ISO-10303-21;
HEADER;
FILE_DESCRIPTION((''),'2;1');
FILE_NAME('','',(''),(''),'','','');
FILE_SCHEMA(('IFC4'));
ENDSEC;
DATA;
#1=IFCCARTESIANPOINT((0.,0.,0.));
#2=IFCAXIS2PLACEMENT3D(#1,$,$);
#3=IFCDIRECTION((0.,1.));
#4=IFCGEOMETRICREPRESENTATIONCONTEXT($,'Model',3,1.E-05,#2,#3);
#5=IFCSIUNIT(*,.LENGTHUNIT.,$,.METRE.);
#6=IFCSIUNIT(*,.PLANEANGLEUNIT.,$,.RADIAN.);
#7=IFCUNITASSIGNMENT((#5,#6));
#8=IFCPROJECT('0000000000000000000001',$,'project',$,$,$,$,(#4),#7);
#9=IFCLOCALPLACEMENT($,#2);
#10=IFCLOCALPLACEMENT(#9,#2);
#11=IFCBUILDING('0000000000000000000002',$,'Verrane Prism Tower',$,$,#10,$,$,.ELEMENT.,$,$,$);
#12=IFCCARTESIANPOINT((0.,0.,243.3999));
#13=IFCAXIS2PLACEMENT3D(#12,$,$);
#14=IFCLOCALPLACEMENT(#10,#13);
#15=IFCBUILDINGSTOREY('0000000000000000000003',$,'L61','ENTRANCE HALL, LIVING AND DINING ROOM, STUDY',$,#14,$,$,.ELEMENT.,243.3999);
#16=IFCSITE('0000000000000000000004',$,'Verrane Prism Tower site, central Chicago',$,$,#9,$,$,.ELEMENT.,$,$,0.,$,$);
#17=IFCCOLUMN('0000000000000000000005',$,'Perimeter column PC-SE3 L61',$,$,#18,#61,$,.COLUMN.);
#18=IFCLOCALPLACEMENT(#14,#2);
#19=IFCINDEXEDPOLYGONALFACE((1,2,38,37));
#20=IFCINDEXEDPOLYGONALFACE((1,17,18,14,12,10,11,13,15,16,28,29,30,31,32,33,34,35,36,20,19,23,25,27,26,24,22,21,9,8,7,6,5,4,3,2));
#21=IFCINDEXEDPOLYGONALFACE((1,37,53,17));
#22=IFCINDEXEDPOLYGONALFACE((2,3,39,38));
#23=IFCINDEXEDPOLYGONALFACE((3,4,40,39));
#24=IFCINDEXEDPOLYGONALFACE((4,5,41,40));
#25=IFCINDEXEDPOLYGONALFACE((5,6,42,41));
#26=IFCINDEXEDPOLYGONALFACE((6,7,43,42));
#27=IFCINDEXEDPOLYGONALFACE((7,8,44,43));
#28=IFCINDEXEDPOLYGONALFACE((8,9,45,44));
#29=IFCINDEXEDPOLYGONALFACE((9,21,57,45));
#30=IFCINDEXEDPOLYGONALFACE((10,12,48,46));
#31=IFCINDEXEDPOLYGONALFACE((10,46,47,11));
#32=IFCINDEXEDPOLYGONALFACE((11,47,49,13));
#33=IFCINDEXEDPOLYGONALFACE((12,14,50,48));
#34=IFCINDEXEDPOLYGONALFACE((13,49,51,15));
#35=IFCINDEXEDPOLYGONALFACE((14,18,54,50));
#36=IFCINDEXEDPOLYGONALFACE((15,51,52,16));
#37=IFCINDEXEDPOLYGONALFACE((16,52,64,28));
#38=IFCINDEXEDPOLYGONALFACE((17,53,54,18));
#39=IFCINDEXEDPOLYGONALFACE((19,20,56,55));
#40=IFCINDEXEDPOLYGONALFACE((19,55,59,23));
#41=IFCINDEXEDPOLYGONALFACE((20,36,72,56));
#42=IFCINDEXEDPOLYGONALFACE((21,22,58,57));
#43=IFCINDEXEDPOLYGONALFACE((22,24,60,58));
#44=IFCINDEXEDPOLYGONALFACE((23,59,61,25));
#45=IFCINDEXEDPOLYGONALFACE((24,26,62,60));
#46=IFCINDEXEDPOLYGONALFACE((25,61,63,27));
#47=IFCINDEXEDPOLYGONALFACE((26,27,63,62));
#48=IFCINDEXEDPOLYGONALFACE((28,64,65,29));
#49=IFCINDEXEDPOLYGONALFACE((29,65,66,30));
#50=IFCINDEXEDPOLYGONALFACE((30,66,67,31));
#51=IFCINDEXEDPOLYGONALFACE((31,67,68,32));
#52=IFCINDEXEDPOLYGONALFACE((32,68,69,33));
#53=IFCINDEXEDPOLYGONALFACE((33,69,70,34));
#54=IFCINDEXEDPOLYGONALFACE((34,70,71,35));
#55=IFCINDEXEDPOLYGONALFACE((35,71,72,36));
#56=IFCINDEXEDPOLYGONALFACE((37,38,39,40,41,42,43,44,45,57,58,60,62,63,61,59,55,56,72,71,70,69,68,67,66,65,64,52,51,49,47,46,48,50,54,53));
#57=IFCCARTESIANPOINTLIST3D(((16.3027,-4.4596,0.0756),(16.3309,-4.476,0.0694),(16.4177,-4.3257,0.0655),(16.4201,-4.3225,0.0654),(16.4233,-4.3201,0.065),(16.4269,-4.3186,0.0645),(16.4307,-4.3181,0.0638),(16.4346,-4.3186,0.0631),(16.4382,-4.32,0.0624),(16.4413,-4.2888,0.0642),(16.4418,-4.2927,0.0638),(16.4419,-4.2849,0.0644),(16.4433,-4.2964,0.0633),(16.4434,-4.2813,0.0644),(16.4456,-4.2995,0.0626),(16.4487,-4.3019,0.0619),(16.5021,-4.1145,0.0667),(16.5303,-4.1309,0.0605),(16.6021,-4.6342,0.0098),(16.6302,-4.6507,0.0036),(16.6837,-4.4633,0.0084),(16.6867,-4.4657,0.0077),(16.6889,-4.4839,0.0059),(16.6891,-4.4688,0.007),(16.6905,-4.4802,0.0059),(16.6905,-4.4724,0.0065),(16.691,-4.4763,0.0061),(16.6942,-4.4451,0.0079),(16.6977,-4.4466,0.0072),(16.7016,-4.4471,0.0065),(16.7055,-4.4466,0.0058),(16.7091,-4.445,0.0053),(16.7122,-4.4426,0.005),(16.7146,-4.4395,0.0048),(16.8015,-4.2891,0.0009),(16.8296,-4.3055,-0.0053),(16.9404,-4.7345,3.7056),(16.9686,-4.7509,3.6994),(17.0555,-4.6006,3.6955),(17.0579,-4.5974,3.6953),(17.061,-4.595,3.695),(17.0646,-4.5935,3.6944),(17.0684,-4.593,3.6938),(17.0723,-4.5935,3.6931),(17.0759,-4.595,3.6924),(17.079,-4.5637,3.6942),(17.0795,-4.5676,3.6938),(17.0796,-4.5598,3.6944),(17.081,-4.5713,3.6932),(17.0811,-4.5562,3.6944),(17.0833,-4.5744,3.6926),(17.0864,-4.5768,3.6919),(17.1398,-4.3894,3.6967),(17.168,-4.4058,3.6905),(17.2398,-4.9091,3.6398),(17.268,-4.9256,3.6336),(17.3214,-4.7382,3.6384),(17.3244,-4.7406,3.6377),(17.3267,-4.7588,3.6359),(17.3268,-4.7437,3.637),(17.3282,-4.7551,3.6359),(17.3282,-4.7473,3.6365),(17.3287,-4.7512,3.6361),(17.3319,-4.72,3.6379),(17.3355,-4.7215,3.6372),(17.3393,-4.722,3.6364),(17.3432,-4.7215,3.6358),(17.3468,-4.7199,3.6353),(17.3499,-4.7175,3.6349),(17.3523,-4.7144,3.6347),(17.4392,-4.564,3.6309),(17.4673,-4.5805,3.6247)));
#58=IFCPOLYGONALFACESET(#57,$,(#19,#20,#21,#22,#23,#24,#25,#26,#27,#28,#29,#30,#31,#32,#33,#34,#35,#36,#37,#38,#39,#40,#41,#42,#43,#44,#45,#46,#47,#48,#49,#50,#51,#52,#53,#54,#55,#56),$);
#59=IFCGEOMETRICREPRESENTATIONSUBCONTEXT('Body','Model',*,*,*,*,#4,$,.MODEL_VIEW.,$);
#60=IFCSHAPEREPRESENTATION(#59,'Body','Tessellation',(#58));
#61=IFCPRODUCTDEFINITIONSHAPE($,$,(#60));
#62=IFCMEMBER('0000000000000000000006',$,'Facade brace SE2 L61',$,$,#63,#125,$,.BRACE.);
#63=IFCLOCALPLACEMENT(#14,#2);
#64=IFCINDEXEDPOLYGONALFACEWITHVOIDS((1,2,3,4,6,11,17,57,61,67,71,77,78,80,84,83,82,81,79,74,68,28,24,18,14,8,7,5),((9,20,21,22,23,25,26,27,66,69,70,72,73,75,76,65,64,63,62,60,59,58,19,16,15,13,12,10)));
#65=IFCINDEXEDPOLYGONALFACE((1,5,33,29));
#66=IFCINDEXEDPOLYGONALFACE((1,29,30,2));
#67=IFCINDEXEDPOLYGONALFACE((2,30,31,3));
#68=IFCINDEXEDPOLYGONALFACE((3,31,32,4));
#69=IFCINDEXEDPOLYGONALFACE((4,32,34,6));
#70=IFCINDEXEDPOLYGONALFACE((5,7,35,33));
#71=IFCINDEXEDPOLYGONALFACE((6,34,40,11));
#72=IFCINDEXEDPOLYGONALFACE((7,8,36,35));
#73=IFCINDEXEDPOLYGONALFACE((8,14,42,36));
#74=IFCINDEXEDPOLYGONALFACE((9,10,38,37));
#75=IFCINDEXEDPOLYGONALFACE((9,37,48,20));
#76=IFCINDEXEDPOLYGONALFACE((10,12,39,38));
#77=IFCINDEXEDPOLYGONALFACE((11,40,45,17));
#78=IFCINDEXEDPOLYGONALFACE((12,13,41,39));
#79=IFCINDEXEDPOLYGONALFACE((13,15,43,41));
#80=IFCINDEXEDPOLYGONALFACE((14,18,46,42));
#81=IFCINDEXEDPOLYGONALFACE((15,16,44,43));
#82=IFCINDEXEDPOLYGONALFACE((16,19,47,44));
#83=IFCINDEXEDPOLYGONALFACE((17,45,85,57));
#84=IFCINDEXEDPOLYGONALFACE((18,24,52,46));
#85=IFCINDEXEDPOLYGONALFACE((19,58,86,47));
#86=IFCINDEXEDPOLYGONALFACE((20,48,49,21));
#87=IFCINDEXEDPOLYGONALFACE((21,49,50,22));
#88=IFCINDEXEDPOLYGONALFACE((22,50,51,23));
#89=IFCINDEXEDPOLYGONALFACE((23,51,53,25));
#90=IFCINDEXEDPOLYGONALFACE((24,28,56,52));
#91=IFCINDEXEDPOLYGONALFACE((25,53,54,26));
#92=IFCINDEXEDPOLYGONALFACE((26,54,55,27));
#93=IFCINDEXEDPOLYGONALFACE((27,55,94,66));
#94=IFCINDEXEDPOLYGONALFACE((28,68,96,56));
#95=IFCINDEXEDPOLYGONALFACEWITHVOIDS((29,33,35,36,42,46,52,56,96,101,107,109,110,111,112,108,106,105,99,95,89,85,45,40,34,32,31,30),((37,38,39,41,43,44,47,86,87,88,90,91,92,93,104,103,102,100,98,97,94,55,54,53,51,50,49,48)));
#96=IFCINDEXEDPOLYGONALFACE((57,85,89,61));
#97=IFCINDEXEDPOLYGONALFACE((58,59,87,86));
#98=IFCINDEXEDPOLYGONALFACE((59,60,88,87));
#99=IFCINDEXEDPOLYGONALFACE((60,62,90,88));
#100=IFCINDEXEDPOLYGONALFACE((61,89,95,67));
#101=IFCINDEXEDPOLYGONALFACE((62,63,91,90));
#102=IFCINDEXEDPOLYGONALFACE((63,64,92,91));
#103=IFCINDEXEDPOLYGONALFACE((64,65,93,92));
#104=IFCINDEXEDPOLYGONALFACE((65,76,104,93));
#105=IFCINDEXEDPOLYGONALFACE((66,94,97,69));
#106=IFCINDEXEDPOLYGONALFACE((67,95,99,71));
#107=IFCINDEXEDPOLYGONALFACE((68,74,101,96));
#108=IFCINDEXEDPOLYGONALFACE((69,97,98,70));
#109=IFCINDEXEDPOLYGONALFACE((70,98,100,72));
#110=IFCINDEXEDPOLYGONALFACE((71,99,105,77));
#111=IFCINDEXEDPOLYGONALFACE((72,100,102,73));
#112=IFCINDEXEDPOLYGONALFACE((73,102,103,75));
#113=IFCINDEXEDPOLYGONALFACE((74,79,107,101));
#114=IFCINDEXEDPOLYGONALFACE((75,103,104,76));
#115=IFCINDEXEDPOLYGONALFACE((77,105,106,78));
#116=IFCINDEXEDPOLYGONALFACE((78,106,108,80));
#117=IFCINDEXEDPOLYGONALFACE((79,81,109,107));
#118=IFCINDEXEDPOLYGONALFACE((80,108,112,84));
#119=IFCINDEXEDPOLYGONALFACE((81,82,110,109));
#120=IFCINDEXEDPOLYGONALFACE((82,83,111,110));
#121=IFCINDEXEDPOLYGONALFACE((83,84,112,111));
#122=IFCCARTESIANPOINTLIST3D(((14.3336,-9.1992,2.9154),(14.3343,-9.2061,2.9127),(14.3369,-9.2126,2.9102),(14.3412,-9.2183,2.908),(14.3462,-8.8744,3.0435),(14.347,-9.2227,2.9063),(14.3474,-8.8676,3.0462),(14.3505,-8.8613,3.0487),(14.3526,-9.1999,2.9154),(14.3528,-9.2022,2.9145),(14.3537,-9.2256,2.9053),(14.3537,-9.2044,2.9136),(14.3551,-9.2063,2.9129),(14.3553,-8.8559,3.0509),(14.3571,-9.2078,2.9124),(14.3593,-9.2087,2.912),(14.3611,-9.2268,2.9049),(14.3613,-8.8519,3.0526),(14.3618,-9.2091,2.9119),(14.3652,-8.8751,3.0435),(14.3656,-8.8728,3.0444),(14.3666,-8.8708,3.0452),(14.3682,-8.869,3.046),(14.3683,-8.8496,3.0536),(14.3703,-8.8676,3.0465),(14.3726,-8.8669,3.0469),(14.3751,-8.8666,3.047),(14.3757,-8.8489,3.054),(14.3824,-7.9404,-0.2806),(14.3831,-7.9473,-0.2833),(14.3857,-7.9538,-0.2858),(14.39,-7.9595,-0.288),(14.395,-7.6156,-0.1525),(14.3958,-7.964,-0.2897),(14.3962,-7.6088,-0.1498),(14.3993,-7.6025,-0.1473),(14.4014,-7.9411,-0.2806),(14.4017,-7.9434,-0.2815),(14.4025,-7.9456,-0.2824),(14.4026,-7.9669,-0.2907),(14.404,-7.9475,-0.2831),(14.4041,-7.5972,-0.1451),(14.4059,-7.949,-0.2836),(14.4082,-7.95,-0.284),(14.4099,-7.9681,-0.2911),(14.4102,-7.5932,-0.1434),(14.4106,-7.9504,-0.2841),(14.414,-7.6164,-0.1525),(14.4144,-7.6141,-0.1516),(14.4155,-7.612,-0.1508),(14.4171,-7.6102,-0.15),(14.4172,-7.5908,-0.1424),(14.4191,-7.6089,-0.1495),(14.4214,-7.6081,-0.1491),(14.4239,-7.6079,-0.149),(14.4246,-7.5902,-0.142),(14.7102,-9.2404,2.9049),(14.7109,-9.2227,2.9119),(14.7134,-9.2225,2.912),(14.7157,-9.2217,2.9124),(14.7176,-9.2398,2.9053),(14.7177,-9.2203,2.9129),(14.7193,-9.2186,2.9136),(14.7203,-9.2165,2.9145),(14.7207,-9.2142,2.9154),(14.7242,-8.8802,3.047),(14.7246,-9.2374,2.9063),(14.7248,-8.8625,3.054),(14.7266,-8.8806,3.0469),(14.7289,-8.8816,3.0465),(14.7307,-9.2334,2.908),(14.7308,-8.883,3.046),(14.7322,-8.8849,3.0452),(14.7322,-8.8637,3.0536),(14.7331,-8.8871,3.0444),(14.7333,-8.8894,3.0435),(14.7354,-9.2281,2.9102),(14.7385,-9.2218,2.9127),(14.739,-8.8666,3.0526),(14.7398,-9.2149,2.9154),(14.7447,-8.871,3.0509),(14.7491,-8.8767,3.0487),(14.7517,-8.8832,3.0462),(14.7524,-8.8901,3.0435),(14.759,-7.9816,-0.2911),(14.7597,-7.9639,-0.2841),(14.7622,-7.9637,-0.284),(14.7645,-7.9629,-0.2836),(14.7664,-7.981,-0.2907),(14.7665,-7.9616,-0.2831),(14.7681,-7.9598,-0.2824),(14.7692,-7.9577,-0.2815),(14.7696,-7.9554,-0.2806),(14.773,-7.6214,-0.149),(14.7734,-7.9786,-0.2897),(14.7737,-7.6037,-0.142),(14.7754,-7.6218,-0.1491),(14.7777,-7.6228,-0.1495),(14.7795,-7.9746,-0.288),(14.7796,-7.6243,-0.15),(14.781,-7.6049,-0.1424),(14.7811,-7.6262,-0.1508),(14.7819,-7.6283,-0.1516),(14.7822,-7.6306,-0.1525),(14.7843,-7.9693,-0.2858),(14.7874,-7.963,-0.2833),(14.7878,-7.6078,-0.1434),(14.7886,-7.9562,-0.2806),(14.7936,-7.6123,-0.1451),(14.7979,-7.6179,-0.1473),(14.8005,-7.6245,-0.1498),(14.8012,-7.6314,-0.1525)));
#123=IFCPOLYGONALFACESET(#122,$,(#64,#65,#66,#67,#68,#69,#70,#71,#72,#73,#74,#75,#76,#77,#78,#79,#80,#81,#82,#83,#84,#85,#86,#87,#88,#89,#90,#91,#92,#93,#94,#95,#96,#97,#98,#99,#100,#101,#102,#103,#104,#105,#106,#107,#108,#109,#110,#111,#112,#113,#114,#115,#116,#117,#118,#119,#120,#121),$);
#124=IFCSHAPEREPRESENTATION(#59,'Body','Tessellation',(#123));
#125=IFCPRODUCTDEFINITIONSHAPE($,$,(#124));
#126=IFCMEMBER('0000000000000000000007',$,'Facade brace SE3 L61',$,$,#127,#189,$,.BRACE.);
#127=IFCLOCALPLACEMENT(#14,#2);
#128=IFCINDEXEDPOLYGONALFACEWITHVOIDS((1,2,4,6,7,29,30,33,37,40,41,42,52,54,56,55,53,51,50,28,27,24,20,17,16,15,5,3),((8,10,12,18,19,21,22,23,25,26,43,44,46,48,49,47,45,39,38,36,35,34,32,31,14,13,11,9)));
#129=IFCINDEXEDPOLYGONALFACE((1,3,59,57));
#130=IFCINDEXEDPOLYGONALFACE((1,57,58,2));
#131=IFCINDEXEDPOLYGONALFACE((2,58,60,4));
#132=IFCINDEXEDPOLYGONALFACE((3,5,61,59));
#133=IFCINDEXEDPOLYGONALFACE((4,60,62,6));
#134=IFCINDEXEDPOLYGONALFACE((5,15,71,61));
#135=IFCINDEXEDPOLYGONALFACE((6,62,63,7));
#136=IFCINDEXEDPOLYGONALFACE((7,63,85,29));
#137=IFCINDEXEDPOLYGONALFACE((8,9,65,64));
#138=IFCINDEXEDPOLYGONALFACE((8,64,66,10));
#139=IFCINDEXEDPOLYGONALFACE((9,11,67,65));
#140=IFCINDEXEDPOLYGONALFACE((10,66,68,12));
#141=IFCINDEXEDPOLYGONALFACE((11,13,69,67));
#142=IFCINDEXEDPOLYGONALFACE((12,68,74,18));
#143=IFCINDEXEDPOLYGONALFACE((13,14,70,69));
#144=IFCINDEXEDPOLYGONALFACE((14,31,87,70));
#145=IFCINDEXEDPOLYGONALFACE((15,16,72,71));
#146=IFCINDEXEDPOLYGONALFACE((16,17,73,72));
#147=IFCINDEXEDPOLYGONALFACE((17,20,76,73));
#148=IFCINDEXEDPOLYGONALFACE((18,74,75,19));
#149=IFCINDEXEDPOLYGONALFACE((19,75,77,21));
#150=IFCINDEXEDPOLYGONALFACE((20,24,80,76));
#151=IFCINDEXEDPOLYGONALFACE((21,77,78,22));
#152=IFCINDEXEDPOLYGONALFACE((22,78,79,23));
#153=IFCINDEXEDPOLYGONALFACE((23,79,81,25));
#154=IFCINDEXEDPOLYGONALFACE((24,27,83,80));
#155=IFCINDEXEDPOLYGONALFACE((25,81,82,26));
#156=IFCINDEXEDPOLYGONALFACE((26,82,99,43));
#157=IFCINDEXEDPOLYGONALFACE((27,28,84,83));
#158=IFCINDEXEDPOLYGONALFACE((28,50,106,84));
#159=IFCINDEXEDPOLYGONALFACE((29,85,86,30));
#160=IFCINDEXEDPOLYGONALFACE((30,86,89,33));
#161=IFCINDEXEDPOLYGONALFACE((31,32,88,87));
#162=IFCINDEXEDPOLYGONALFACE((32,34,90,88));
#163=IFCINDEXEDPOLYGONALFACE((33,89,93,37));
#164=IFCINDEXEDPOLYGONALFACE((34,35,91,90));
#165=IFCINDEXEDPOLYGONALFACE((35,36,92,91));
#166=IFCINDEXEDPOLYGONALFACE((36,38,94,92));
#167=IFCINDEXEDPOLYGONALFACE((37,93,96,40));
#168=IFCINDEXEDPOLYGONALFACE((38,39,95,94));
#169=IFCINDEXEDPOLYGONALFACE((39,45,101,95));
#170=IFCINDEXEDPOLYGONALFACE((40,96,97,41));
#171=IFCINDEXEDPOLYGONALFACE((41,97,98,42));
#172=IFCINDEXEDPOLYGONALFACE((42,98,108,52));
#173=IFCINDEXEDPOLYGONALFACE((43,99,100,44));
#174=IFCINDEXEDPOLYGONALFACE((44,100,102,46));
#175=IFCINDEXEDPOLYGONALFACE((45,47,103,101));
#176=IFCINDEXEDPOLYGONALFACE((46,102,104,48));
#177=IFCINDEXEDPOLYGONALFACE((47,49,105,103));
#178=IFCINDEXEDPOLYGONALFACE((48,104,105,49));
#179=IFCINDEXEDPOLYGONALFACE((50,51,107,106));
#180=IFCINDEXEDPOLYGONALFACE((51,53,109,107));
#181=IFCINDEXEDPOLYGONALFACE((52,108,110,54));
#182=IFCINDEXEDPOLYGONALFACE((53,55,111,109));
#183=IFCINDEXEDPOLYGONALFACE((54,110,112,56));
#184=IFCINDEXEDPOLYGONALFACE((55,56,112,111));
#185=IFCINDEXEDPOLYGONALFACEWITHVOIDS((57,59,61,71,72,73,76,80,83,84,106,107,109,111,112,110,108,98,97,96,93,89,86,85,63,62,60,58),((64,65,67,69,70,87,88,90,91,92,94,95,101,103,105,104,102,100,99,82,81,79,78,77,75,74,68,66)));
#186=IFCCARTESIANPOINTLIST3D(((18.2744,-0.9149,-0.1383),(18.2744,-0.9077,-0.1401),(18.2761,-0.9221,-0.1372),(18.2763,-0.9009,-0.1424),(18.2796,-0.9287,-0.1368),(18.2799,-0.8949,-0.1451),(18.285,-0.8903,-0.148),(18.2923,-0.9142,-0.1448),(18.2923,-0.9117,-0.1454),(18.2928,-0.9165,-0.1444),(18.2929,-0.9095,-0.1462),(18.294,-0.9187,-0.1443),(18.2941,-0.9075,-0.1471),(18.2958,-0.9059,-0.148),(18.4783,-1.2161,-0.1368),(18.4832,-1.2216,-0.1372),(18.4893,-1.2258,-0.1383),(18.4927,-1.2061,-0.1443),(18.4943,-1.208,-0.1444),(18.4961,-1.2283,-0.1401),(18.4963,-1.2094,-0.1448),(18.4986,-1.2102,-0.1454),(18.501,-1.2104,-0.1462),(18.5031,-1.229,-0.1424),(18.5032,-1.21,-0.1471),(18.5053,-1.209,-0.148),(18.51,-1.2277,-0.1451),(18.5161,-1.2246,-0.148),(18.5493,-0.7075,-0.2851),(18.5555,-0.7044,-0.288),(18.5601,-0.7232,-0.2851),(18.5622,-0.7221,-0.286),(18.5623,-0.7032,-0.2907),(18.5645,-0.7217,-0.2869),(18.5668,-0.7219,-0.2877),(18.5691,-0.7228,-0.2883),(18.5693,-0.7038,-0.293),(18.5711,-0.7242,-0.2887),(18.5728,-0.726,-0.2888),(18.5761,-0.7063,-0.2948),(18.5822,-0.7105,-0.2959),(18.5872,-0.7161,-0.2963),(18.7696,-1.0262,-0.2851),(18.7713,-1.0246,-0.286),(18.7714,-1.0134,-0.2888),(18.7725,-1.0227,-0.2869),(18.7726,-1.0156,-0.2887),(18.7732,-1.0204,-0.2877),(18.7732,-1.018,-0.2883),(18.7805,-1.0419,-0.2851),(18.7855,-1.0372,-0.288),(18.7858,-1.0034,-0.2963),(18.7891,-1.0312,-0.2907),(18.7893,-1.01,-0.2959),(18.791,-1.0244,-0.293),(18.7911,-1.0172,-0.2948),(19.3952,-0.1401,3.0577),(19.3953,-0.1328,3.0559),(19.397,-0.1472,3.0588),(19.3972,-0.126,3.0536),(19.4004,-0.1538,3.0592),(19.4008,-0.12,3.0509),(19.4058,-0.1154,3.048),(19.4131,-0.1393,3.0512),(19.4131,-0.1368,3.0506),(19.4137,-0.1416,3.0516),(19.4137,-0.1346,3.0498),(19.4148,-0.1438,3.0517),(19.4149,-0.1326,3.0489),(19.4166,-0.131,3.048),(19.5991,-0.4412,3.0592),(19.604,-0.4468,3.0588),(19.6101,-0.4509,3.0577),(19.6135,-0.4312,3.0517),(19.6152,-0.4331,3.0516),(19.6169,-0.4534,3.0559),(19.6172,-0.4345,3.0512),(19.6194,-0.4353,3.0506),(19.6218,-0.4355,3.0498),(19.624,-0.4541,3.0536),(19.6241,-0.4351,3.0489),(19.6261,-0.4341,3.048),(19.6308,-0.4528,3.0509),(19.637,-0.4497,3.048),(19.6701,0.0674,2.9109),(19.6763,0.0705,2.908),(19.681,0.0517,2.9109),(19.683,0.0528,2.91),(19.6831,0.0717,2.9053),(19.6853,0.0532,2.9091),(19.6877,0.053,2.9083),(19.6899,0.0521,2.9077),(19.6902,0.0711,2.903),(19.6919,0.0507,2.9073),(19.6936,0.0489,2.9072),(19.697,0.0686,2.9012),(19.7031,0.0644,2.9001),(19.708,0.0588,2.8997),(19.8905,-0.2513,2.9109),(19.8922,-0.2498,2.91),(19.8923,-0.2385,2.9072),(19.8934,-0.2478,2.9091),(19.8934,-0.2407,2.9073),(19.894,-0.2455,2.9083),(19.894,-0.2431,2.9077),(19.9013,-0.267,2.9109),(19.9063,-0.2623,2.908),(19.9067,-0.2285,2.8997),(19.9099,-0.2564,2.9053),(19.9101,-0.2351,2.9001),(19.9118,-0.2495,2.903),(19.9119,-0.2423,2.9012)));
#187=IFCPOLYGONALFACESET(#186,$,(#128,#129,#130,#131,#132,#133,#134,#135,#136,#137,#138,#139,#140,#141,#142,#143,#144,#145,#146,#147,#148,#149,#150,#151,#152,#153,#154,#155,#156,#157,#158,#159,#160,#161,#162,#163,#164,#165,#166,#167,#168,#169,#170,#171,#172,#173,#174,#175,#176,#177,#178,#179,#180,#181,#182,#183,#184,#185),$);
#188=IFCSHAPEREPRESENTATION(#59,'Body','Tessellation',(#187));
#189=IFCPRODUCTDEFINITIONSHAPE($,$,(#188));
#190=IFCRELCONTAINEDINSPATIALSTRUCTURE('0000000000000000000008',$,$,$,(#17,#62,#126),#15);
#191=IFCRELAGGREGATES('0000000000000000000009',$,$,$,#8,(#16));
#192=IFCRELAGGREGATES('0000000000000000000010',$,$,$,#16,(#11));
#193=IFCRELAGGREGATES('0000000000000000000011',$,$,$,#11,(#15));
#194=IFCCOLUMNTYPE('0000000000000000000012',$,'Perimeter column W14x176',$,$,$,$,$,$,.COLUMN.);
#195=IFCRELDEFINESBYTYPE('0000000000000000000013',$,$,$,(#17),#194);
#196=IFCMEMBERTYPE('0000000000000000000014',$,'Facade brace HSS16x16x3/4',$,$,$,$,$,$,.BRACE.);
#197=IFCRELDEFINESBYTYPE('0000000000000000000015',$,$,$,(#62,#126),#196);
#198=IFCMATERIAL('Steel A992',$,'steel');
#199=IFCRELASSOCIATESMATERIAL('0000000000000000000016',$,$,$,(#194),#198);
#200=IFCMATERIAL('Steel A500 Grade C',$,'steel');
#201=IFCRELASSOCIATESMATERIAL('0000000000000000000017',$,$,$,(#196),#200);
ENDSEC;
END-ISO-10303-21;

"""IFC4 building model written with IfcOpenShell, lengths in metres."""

from ifc_helpers import new_model, si_unit, direction, frame, origin, origin_2d, place, context, subcontext, project, spatial, hollow_rectangle, i_section, extrude, material, material_profile, profile_set, type_object, element, save


model = new_model("IFC4")

# Units and contexts
model_context = context("Model", 3, precision=1e-05, world=origin(), true_north=direction((0.0, 1.0)))
body_context = subcontext(model_context, "Body", "Model", "MODEL_VIEW")
ifc_project = project(units=[si_unit("LENGTHUNIT", "METRE"), si_unit("PLANEANGLEUNIT", "RADIAN")], contexts=[model_context])

# Site, building, storey
site_placement = place(None, origin())
site = spatial("IfcSite", under=ifc_project, at=site_placement, Name="Verrane Prism Tower site, central Chicago", CompositionType="ELEMENT", RefElevation=0.0)
building_placement = place(site_placement, origin())
building = spatial("IfcBuilding", under=site, at=building_placement, Name="Verrane Prism Tower", CompositionType="ELEMENT")
storey_placement = place(building_placement, frame((0.0, 0.0, 243.3999)))
storey = spatial("IfcBuildingStorey", under=building, at=storey_placement, Name="L61", Description="ENTRANCE HALL, LIVING AND DINING ROOM, STUDY", CompositionType="ELEMENT", Elevation=243.3999)

# Column
ifc_material_1 = material(Name="Steel A992", Category="steel")
ifc_material_profile_1 = material_profile(ifc_material_1, i_section(OverallWidth=0.3987, OverallDepth=0.386, WebThickness=0.021, FlangeThickness=0.0332, FilletRadius=0.0151, at=origin_2d()), Name="W14x176")
ifc_profile_set_1 = profile_set([ifc_material_profile_1], Name="Steel A992")
column_type = type_object("IfcColumnType", Name="Perimeter column W14x176", PredefinedType="COLUMN", material=ifc_profile_set_1)
column_placement = place(storey_placement, frame((16.5662, -4.3826, 0.0352), z_axis=(0.17255, -0.074384, 0.982188), x_axis=(-0.500108, -0.865676, 0.022298)))
element("IfcColumn", 1, at=column_placement, inside=storey, type_object=column_type, Name="Perimeter column PC-SE3 L61", PredefinedType="COLUMN", context=body_context, shape_type="SweptSolid", body=[
    extrude(i_section(OverallWidth=0.3987, OverallDepth=0.386, WebThickness=0.021, FlangeThickness=0.0332, FilletRadius=0.0151, at=origin_2d()), origin(), (0.0, 0.0, 1.0), 3.6958),
])

# Members
ifc_material_2 = material(Name="Steel A500 Grade C", Category="steel")
ifc_material_profile_2 = material_profile(ifc_material_2, hollow_rectangle(XDim=0.4065, YDim=0.4065, WallThickness=0.019, InnerFilletRadius=0.0095, OuterFilletRadius=0.0286, at=origin_2d()), Name="HSS16x16x3/4")
ifc_profile_set_2 = profile_set([ifc_material_profile_2], Name="Steel A500 Grade C")
member_type_1 = type_object("IfcMemberType", Name="Facade brace HSS16x16x3/4", PredefinedType="BRACE", material=ifc_profile_set_2)
member_1_placement = place(storey_placement, frame((14.5918, -7.7859, -0.2166), z_axis=(-0.014213, -0.366422, 0.93034), x_axis=(0.999249, -0.038761, 0.0)))
element("IfcMember", 2, at=member_1_placement, inside=storey, type_object=member_type_1, Name="Facade brace SE2 L61", PredefinedType="BRACE", context=body_context, shape_type="SweptSolid", body=[
    extrude(hollow_rectangle(XDim=0.4065, YDim=0.4065, WallThickness=0.019, InnerFilletRadius=0.0095, OuterFilletRadius=0.0286, at=origin_2d()), origin(), (0.0, 0.0, 1.0), 3.4353),
])
member_2_placement = place(storey_placement, frame((18.5327, -0.9661, -0.2166), z_axis=(0.322602, 0.223032, 0.919883), x_axis=(-0.568679, 0.82256, 0.0)))
element("IfcMember", 3, at=member_2_placement, inside=storey, type_object=member_type_1, Name="Facade brace SE3 L61", PredefinedType="BRACE", context=body_context, shape_type="SweptSolid", body=[
    extrude(hollow_rectangle(XDim=0.4065, YDim=0.4065, WallThickness=0.019, InnerFilletRadius=0.0095, OuterFilletRadius=0.0286, at=origin_2d()), origin(), (0.0, 0.0, 1.0), 3.4744),
])

save(model, "model.ifc")
